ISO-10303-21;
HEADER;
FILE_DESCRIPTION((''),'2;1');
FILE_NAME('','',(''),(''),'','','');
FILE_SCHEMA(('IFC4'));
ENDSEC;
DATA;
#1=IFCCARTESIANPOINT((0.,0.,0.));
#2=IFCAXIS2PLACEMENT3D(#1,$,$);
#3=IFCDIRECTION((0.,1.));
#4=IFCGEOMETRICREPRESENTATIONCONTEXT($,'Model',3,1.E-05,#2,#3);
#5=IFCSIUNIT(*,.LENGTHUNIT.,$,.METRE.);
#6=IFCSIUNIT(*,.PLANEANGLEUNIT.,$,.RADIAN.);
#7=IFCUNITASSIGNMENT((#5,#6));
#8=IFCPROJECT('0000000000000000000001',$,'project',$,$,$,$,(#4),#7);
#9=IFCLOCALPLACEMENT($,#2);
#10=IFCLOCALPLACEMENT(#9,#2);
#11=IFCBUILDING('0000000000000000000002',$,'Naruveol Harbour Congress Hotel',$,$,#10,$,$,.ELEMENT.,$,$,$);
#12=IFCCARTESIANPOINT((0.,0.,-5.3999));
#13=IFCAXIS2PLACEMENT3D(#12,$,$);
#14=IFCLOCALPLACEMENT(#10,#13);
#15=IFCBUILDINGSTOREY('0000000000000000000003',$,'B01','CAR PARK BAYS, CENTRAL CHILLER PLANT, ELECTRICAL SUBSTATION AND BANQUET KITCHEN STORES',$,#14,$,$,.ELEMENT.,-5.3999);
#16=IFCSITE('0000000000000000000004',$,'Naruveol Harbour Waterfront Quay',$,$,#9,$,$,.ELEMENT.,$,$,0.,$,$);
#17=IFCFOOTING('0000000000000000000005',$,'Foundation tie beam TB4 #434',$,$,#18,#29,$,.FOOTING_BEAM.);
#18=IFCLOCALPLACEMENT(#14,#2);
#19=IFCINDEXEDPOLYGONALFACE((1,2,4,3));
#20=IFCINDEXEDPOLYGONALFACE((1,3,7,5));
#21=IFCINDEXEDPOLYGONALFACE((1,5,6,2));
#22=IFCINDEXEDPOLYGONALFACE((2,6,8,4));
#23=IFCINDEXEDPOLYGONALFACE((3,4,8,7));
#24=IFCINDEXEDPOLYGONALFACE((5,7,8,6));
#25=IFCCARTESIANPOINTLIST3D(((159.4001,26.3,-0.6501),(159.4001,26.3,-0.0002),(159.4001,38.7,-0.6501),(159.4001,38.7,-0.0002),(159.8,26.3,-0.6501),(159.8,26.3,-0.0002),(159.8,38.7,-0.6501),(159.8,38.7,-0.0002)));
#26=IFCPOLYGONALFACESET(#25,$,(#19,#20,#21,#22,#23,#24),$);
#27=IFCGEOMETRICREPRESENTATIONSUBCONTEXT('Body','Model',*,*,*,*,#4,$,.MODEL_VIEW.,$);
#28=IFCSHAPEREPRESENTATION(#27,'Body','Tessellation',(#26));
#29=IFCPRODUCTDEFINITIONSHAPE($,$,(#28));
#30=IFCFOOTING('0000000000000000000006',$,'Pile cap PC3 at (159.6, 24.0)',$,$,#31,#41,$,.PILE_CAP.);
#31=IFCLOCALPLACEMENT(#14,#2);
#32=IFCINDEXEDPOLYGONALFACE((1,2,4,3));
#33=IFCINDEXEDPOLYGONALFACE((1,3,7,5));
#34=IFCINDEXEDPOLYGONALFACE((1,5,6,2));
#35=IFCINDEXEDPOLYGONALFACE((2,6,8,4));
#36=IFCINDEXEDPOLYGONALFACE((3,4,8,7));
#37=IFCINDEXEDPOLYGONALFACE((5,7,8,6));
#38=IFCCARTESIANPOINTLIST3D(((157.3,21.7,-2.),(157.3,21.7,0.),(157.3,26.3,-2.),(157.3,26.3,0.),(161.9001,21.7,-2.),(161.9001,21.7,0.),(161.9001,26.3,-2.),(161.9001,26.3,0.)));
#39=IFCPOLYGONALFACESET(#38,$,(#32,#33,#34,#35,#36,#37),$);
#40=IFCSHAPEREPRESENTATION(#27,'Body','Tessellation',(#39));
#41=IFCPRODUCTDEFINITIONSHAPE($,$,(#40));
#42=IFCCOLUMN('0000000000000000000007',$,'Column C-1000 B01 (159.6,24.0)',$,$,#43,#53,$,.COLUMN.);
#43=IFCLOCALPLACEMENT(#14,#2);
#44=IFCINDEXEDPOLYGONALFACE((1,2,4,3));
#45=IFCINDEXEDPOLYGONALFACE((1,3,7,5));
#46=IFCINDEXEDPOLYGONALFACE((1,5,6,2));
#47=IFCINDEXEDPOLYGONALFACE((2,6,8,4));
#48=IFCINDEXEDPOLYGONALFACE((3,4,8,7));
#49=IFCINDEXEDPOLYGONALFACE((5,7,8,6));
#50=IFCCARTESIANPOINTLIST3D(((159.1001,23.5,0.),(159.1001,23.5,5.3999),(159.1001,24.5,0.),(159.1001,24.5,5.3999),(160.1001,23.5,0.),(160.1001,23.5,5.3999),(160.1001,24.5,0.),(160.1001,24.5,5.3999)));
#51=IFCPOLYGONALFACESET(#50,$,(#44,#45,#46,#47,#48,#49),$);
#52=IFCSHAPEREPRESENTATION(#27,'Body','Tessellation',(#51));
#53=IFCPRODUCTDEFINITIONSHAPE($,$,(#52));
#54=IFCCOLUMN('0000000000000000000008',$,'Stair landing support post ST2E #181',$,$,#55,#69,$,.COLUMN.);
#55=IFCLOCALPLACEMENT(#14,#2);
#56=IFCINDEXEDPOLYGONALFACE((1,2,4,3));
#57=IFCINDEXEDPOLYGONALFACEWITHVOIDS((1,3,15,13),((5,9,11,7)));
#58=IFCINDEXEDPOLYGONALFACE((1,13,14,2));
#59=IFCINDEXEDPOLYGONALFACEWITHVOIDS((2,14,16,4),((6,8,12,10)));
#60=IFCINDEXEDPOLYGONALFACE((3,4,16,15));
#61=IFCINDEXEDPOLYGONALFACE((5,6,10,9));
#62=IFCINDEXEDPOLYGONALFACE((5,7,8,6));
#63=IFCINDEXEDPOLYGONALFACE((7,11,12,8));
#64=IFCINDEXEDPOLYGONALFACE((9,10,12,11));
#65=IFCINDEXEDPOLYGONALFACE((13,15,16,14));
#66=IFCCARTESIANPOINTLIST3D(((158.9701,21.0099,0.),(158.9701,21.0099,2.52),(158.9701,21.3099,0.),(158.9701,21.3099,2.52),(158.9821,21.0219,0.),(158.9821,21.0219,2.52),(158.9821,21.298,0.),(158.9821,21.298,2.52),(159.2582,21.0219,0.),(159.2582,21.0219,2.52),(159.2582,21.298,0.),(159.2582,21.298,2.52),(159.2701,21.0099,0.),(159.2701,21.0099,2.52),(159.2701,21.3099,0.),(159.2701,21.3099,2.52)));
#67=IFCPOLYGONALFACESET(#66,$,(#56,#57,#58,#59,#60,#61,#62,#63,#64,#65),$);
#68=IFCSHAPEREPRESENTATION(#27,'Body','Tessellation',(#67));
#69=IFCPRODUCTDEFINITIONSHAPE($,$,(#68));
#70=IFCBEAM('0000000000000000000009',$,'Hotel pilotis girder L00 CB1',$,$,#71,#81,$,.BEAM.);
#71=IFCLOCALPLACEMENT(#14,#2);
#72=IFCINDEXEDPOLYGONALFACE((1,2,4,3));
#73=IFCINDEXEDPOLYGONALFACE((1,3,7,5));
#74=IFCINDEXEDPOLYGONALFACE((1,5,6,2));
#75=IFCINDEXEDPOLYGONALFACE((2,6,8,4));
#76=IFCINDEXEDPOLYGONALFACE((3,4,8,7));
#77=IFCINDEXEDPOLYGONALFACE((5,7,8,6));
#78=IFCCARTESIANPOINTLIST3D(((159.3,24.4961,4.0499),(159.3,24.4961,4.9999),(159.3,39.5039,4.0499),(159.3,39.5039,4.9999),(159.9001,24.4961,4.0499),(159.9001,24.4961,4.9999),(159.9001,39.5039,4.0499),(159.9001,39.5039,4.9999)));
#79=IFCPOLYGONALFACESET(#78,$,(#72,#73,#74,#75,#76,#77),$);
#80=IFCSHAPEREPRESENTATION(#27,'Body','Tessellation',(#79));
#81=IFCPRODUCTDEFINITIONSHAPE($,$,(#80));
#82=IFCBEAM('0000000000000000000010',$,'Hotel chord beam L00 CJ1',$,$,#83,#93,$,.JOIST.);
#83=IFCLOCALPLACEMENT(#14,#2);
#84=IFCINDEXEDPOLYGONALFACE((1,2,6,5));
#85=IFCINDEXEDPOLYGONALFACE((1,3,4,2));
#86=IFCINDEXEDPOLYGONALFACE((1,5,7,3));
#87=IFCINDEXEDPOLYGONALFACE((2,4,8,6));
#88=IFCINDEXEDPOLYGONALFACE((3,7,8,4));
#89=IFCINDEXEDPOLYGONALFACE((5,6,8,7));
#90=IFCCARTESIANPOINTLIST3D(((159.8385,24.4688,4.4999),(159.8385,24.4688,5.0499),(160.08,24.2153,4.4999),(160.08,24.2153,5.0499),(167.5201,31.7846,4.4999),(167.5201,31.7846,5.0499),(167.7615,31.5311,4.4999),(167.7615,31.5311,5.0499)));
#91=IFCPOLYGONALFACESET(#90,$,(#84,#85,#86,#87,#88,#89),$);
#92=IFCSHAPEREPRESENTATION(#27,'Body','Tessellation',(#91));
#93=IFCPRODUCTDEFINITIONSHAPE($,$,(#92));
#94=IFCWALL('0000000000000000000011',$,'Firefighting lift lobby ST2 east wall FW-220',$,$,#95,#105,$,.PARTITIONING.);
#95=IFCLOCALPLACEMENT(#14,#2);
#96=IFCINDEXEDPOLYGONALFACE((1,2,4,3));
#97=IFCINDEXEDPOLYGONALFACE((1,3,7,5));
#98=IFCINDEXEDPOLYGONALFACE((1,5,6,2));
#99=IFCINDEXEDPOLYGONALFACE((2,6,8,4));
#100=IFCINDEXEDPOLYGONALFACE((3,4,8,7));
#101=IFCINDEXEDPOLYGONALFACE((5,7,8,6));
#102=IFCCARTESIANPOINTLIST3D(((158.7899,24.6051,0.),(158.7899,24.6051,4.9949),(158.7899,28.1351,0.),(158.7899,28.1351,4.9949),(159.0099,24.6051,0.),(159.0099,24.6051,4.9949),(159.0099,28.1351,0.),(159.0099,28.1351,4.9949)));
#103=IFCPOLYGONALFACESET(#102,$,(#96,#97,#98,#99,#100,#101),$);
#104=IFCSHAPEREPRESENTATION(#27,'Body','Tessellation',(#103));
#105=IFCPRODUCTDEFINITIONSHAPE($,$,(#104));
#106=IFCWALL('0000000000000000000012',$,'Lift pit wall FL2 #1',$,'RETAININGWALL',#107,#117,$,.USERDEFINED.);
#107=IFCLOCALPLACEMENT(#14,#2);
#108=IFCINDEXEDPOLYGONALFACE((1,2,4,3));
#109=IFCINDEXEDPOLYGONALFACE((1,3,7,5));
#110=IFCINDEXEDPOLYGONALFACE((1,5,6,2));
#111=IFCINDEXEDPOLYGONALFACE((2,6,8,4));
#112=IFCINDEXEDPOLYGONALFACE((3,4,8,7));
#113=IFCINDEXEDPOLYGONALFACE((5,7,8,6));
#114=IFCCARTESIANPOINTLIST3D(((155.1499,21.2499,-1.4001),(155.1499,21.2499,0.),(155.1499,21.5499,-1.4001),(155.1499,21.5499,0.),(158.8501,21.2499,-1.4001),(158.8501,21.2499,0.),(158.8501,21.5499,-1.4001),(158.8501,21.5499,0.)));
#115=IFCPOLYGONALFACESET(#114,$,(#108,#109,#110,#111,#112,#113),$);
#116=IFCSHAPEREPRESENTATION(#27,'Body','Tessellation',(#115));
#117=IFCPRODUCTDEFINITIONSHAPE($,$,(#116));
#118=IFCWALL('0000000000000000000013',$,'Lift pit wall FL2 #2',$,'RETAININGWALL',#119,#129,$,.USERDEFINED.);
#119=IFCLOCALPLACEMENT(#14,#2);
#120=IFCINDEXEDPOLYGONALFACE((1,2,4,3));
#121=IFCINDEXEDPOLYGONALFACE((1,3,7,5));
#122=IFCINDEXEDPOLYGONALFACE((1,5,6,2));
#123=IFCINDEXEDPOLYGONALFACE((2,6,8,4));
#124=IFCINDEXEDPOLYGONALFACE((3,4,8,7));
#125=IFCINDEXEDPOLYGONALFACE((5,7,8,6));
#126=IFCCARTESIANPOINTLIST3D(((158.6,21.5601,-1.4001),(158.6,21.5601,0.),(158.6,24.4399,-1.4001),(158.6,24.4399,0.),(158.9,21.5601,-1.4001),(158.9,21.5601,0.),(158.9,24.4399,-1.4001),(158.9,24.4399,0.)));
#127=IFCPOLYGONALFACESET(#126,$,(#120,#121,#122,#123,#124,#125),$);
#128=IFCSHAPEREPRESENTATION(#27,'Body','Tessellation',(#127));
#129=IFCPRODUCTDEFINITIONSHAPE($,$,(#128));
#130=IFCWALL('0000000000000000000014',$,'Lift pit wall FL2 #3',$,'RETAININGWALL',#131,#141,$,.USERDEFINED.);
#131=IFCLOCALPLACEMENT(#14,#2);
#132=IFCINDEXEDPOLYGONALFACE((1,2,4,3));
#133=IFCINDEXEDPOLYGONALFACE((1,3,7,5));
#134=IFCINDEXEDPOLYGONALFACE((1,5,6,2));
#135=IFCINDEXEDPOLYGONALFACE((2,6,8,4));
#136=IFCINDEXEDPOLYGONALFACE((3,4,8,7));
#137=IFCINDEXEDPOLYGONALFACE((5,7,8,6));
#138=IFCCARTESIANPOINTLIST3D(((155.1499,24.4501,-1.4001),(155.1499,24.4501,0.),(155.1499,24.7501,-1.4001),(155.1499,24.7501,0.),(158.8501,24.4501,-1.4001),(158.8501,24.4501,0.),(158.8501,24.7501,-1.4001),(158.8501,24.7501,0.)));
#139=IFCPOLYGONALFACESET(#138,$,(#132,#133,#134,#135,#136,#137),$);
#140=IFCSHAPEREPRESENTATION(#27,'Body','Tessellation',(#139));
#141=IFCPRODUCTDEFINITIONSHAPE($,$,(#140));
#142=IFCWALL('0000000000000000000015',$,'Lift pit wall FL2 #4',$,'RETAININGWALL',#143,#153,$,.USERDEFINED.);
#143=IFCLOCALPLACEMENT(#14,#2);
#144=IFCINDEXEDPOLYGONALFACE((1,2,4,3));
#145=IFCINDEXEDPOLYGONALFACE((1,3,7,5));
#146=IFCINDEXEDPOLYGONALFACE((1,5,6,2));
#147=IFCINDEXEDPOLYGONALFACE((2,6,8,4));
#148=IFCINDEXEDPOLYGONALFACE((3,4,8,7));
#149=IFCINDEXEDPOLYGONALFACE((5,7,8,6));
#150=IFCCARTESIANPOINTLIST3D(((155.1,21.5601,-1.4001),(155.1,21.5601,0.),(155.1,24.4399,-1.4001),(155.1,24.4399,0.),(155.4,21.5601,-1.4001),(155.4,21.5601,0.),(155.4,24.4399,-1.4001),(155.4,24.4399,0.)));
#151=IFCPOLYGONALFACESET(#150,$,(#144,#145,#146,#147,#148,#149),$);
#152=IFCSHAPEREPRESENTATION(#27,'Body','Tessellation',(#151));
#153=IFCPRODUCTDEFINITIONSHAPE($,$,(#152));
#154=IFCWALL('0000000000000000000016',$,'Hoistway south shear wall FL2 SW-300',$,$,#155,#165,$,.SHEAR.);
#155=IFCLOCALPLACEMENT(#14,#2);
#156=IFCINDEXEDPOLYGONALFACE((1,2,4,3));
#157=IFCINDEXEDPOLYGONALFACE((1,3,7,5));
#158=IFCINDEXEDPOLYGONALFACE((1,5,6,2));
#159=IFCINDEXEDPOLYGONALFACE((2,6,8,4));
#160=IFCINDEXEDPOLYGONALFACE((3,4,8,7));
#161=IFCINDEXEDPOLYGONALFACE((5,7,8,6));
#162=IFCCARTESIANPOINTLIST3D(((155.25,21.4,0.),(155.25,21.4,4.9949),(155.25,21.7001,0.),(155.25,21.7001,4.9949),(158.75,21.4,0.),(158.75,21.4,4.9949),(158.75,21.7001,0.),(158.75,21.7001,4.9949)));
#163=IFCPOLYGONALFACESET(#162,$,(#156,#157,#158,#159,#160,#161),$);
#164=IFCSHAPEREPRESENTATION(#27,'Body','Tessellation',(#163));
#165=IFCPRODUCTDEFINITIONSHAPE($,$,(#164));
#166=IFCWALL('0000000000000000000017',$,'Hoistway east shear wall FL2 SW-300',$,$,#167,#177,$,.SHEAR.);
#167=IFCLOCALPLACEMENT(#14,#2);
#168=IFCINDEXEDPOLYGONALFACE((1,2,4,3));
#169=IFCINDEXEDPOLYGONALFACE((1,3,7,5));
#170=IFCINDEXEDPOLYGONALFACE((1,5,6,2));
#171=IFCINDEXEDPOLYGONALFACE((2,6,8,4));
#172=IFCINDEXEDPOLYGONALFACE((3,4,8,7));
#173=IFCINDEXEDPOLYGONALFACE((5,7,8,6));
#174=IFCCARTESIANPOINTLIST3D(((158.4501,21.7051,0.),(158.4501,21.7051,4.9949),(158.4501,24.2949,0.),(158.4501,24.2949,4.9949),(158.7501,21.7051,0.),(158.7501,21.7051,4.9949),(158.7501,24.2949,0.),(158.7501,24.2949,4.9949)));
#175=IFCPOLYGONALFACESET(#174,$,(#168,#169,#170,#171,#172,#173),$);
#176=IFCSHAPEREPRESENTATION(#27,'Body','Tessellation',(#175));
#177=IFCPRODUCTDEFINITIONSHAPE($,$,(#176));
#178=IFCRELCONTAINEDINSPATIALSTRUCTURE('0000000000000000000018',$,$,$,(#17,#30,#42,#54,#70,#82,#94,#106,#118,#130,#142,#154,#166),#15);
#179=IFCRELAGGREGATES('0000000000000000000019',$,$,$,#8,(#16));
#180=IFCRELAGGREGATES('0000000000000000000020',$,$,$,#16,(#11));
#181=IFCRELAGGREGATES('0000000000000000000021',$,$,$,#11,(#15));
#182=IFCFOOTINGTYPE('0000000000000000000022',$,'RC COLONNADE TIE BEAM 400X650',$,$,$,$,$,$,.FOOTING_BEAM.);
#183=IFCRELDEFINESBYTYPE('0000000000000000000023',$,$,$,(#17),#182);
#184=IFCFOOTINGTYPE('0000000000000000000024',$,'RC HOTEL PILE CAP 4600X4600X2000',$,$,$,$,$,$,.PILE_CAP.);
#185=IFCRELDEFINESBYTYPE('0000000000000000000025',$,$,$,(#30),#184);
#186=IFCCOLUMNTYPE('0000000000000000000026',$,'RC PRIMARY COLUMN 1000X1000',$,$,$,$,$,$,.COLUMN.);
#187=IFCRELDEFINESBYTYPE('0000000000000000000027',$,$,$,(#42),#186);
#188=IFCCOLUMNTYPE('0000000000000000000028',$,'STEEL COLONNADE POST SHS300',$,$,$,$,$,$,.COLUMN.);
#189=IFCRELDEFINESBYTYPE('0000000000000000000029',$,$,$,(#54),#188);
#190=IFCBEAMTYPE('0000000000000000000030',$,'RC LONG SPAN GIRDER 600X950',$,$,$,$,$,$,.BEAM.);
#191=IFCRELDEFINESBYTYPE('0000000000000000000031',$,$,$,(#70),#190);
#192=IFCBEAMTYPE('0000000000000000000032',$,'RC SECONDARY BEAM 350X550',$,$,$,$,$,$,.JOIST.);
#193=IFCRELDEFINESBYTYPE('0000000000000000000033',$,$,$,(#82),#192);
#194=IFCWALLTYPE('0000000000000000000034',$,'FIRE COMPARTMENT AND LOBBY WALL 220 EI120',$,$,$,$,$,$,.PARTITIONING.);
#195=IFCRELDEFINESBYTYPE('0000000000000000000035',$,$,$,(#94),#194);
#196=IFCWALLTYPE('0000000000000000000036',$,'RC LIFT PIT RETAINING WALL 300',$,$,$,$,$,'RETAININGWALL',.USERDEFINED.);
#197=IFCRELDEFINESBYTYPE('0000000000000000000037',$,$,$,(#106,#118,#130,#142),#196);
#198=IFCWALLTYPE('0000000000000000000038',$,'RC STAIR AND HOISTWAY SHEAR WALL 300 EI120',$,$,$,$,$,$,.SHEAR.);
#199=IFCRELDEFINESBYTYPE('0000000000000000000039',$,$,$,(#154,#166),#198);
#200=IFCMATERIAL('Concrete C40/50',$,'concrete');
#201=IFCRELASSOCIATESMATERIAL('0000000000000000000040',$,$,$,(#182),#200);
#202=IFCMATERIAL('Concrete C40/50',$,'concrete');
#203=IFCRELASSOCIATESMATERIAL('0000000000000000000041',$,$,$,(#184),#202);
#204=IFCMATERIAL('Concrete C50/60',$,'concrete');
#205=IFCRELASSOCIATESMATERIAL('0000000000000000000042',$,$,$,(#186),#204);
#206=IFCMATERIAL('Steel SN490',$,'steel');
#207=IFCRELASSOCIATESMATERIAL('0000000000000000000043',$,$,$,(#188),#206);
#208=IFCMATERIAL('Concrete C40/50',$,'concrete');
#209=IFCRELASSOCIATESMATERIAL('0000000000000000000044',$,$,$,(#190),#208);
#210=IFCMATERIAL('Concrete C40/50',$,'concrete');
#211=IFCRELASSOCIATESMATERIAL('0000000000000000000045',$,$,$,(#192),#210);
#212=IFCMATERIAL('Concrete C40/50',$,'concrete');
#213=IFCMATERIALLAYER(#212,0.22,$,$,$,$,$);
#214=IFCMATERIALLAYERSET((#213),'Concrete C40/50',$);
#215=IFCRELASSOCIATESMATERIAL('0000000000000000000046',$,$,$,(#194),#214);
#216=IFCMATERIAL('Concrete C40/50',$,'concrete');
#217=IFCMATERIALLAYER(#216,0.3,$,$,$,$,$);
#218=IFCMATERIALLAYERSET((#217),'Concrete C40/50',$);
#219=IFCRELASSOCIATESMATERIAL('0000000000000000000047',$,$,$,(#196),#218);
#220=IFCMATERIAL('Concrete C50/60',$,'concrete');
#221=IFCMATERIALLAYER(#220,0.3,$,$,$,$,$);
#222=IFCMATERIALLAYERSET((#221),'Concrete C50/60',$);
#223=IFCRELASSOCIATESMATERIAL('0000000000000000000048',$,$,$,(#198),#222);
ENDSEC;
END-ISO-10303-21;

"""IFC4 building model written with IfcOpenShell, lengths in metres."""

from ifc_helpers import new_model, si_unit, direction, frame, frame_2d, origin, origin_2d, place, context, subcontext, project, spatial, rectangle, hollow_rectangle, extrude, material, layer, layer_set, material_profile, profile_set, type_object, element, save


model = new_model("IFC4")

# Units and contexts
model_context = context("Model", 3, precision=1e-05, world=origin(), true_north=direction((0.0, 1.0)))
body_context = subcontext(model_context, "Body", "Model", "MODEL_VIEW")
ifc_project = project(units=[si_unit("LENGTHUNIT", "METRE"), si_unit("PLANEANGLEUNIT", "RADIAN")], contexts=[model_context])

# Site, building, storey
site_placement = place(None, origin())
site = spatial("IfcSite", under=ifc_project, at=site_placement, Name="Naruveol Harbour Waterfront Quay", CompositionType="ELEMENT", RefElevation=0.0)
building_placement = place(site_placement, origin())
building = spatial("IfcBuilding", under=site, at=building_placement, Name="Naruveol Harbour Congress Hotel", CompositionType="ELEMENT")
storey_placement = place(building_placement, frame((0.0, 0.0, -5.3999)))
storey = spatial("IfcBuildingStorey", under=building, at=storey_placement, Name="B01", Description="CAR PARK BAYS, CENTRAL CHILLER PLANT, ELECTRICAL SUBSTATION AND BANQUET KITCHEN STORES", CompositionType="ELEMENT", Elevation=-5.3999)

# Footings
ifc_material_1 = material(Name="Concrete C40/50", Category="concrete")
ifc_material_profile_1 = material_profile(ifc_material_1, rectangle(XDim=0.3999, YDim=0.6499, at=origin_2d()), Name="RCB-400x650")
ifc_profile_set_1 = profile_set([ifc_material_profile_1], Name="Concrete C40/50")
footing_type_1 = type_object("IfcFootingType", Name="RC COLONNADE TIE BEAM 400X650", PredefinedType="FOOTING_BEAM", material=ifc_profile_set_1)
footing_1_placement = place(storey_placement, frame((159.6001, 26.3, -0.3252), z_axis=(0.0, 1.0, 0.0), x_axis=(-1.0, 0.0, 0.0)))
element("IfcFooting", 1, at=footing_1_placement, inside=storey, type_object=footing_type_1, Name="Foundation tie beam TB4 #434", PredefinedType="FOOTING_BEAM", context=body_context, shape_type="SweptSolid", body=[
    extrude(rectangle(XDim=0.3999, YDim=0.6499, at=origin_2d()), origin(), (0.0, 0.0, 1.0), 12.3999),
])
ifc_material_2 = material(Name="Concrete C40/50", Category="concrete")
footing_type_2 = type_object("IfcFootingType", Name="RC HOTEL PILE CAP 4600X4600X2000", PredefinedType="PILE_CAP", material=ifc_material_2)
footing_2_placement = place(storey_placement, frame((159.6001, 24.0, -2.0), z_axis=(0.0, 0.0, 1.0), x_axis=(1.0, 0.0, 0.0)))
element("IfcFooting", 2, at=footing_2_placement, inside=storey, type_object=footing_type_2, Name="Pile cap PC3 at (159.6, 24.0)", PredefinedType="PILE_CAP", context=body_context, shape_type="SweptSolid", body=[
    extrude(rectangle(XDim=4.6001, YDim=4.6001, at=origin_2d()), origin(), (0.0, 0.0, 1.0), 2.0),
])

# Columns
ifc_material_3 = material(Name="Concrete C50/60", Category="concrete")
ifc_material_profile_2 = material_profile(ifc_material_3, rectangle(XDim=1.0, YDim=1.0, at=origin_2d()), Name="RC-1000x1000")
ifc_profile_set_2 = profile_set([ifc_material_profile_2], Name="Concrete C50/60")
column_type_1 = type_object("IfcColumnType", Name="RC PRIMARY COLUMN 1000X1000", PredefinedType="COLUMN", material=ifc_profile_set_2)
column_1_placement = place(storey_placement, frame((159.6001, 24.0, 0.0), z_axis=(0.0, 0.0, 1.0), x_axis=(1.0, 0.0, 0.0)))
element("IfcColumn", 3, at=column_1_placement, inside=storey, type_object=column_type_1, Name="Column C-1000 B01 (159.6,24.0)", PredefinedType="COLUMN", context=body_context, shape_type="SweptSolid", body=[
    extrude(rectangle(XDim=1.0, YDim=1.0, at=origin_2d()), origin(), (0.0, 0.0, 1.0), 5.3999),
])
ifc_material_4 = material(Name="Steel SN490", Category="steel")
ifc_material_profile_3 = material_profile(ifc_material_4, hollow_rectangle(XDim=0.3, YDim=0.3, WallThickness=0.012, at=origin_2d()), Name="SHS-300x300x12")
ifc_profile_set_3 = profile_set([ifc_material_profile_3], Name="Steel SN490")
column_type_2 = type_object("IfcColumnType", Name="STEEL COLONNADE POST SHS300", PredefinedType="COLUMN", material=ifc_profile_set_3)
column_2_placement = place(storey_placement, frame((159.1201, 21.1599, 0.0), z_axis=(0.0, 0.0, 1.0), x_axis=(1.0, 0.0, 0.0)))
element("IfcColumn", 4, at=column_2_placement, inside=storey, type_object=column_type_2, Name="Stair landing support post ST2E #181", PredefinedType="COLUMN", context=body_context, shape_type="SweptSolid", body=[
    extrude(hollow_rectangle(XDim=0.3, YDim=0.3, WallThickness=0.012, at=origin_2d()), origin(), (0.0, 0.0, 1.0), 2.52),
])

# Beams
ifc_material_5 = material(Name="Concrete C40/50", Category="concrete")
ifc_material_profile_4 = material_profile(ifc_material_5, rectangle(XDim=0.6001, YDim=0.95, at=origin_2d()), Name="RCB-600x950")
ifc_profile_set_4 = profile_set([ifc_material_profile_4], Name="Concrete C40/50")
beam_type_1 = type_object("IfcBeamType", Name="RC LONG SPAN GIRDER 600X950", PredefinedType="BEAM", material=ifc_profile_set_4)
beam_1_placement = place(storey_placement, frame((159.6001, 24.4961, 4.5249), z_axis=(0.0, 1.0, 0.0), x_axis=(-1.0, 0.0, 0.0)))
element("IfcBeam", 5, at=beam_1_placement, inside=storey, type_object=beam_type_1, Name="Hotel pilotis girder L00 CB1", PredefinedType="BEAM", context=body_context, shape_type="SweptSolid", body=[
    extrude(rectangle(XDim=0.6001, YDim=0.95, at=origin_2d()), origin(), (0.0, 0.0, 1.0), 15.0078),
])
ifc_material_6 = material(Name="Concrete C40/50", Category="concrete")
ifc_material_profile_5 = material_profile(ifc_material_6, rectangle(XDim=0.3501, YDim=0.55, at=origin_2d()), Name="RCB-350x550")
ifc_profile_set_5 = profile_set([ifc_material_profile_5], Name="Concrete C40/50")
beam_type_2 = type_object("IfcBeamType", Name="RC SECONDARY BEAM 350X550", PredefinedType="JOIST", material=ifc_profile_set_5)
beam_2_placement = place(storey_placement, frame((159.9592, 24.342, 4.7749), z_axis=(0.724135, 0.689659, 0.0), x_axis=(-0.689659, 0.724135, 0.0)))
element("IfcBeam", 6, at=beam_2_placement, inside=storey, type_object=beam_type_2, Name="Hotel chord beam L00 CJ1", PredefinedType="JOIST", context=body_context, shape_type="SweptSolid", body=[
    extrude(rectangle(XDim=0.3501, YDim=0.55, at=origin_2d()), origin(), (0.0, 0.0, 1.0), 10.6079),
])

# Walls
ifc_material_7 = material(Name="Concrete C40/50", Category="concrete")
ifc_layer_1 = layer(ifc_material_7, 0.22)
ifc_layer_set_1 = layer_set([ifc_layer_1], Name="Concrete C40/50")
wall_type_1 = type_object("IfcWallType", Name="FIRE COMPARTMENT AND LOBBY WALL 220 EI120", PredefinedType="PARTITIONING", material=ifc_layer_set_1)
wall_1_placement = place(storey_placement, frame((158.8999, 24.605, 0.0), z_axis=(0.0, 0.0, 1.0), x_axis=(0.0, 1.0, 0.0)))
element("IfcWall", 7, at=wall_1_placement, inside=storey, type_object=wall_type_1, Name="Firefighting lift lobby ST2 east wall FW-220", PredefinedType="PARTITIONING", context=body_context, shape_type="SweptSolid", body=[
    extrude(rectangle(XDim=3.53, YDim=0.22, at=frame_2d((1.7651, 0.0))), origin(), (0.0, 0.0, 1.0), 4.9949),
])
ifc_material_8 = material(Name="Concrete C40/50", Category="concrete")
ifc_layer_2 = layer(ifc_material_8, 0.3)
ifc_layer_set_2 = layer_set([ifc_layer_2], Name="Concrete C40/50")
wall_type_2 = type_object("IfcWallType", Name="RC LIFT PIT RETAINING WALL 300", ElementType="RETAININGWALL", PredefinedType="USERDEFINED", material=ifc_layer_set_2)
wall_2_placement = place(storey_placement, frame((155.1499, 21.3999, -1.4001), z_axis=(0.0, 0.0, 1.0), x_axis=(1.0, 0.0, 0.0)))
element("IfcWall", 8, at=wall_2_placement, inside=storey, type_object=wall_type_2, Name="Lift pit wall FL2 #1", ObjectType="RETAININGWALL", PredefinedType="USERDEFINED", context=body_context, shape_type="SweptSolid", body=[
    extrude(rectangle(XDim=3.7002, YDim=0.3, at=frame_2d((1.8501, 0.0))), origin(), (0.0, 0.0, 1.0), 1.4001),
])
wall_3_placement = place(storey_placement, frame((158.75, 21.5601, -1.4001), z_axis=(0.0, 0.0, 1.0), x_axis=(0.0, 1.0, 0.0)))
element("IfcWall", 9, at=wall_3_placement, inside=storey, type_object=wall_type_2, Name="Lift pit wall FL2 #2", ObjectType="RETAININGWALL", PredefinedType="USERDEFINED", context=body_context, shape_type="SweptSolid", body=[
    extrude(rectangle(XDim=2.8799, YDim=0.3, at=frame_2d((1.4399, 0.0))), origin(), (0.0, 0.0, 1.0), 1.4001),
])
wall_4_placement = place(storey_placement, frame((158.8501, 24.6001, -1.4001), z_axis=(0.0, 0.0, 1.0), x_axis=(-1.0, 0.0, 0.0)))
element("IfcWall", 10, at=wall_4_placement, inside=storey, type_object=wall_type_2, Name="Lift pit wall FL2 #3", ObjectType="RETAININGWALL", PredefinedType="USERDEFINED", context=body_context, shape_type="SweptSolid", body=[
    extrude(rectangle(XDim=3.7002, YDim=0.3, at=frame_2d((1.8501, 0.0))), origin(), (0.0, 0.0, 1.0), 1.4001),
])
wall_5_placement = place(storey_placement, frame((155.25, 24.4399, -1.4001), z_axis=(0.0, 0.0, 1.0), x_axis=(0.0, -1.0, 0.0)))
element("IfcWall", 11, at=wall_5_placement, inside=storey, type_object=wall_type_2, Name="Lift pit wall FL2 #4", ObjectType="RETAININGWALL", PredefinedType="USERDEFINED", context=body_context, shape_type="SweptSolid", body=[
    extrude(rectangle(XDim=2.8799, YDim=0.3, at=frame_2d((1.4399, 0.0))), origin(), (0.0, 0.0, 1.0), 1.4001),
])
ifc_material_9 = material(Name="Concrete C50/60", Category="concrete")
ifc_layer_3 = layer(ifc_material_9, 0.3)
ifc_layer_set_3 = layer_set([ifc_layer_3], Name="Concrete C50/60")
wall_type_3 = type_object("IfcWallType", Name="RC STAIR AND HOISTWAY SHEAR WALL 300 EI120", PredefinedType="SHEAR", material=ifc_layer_set_3)
wall_6_placement = place(storey_placement, frame((155.25, 21.55, 0.0), z_axis=(0.0, 0.0, 1.0), x_axis=(1.0, 0.0, 0.0)))
element("IfcWall", 12, at=wall_6_placement, inside=storey, type_object=wall_type_3, Name="Hoistway south shear wall FL2 SW-300", PredefinedType="SHEAR", context=body_context, shape_type="SweptSolid", body=[
    extrude(rectangle(XDim=3.5, YDim=0.3, at=frame_2d((1.75, 0.0))), origin(), (0.0, 0.0, 1.0), 4.9949),
])
wall_7_placement = place(storey_placement, frame((158.6001, 21.7051, 0.0), z_axis=(0.0, 0.0, 1.0), x_axis=(0.0, 1.0, 0.0)))
element("IfcWall", 13, at=wall_7_placement, inside=storey, type_object=wall_type_3, Name="Hoistway east shear wall FL2 SW-300", PredefinedType="SHEAR", context=body_context, shape_type="SweptSolid", body=[
    extrude(rectangle(XDim=2.5898, YDim=0.3, at=frame_2d((1.2949, 0.0))), origin(), (0.0, 0.0, 1.0), 4.9949),
])

save(model, "model.ifc")
